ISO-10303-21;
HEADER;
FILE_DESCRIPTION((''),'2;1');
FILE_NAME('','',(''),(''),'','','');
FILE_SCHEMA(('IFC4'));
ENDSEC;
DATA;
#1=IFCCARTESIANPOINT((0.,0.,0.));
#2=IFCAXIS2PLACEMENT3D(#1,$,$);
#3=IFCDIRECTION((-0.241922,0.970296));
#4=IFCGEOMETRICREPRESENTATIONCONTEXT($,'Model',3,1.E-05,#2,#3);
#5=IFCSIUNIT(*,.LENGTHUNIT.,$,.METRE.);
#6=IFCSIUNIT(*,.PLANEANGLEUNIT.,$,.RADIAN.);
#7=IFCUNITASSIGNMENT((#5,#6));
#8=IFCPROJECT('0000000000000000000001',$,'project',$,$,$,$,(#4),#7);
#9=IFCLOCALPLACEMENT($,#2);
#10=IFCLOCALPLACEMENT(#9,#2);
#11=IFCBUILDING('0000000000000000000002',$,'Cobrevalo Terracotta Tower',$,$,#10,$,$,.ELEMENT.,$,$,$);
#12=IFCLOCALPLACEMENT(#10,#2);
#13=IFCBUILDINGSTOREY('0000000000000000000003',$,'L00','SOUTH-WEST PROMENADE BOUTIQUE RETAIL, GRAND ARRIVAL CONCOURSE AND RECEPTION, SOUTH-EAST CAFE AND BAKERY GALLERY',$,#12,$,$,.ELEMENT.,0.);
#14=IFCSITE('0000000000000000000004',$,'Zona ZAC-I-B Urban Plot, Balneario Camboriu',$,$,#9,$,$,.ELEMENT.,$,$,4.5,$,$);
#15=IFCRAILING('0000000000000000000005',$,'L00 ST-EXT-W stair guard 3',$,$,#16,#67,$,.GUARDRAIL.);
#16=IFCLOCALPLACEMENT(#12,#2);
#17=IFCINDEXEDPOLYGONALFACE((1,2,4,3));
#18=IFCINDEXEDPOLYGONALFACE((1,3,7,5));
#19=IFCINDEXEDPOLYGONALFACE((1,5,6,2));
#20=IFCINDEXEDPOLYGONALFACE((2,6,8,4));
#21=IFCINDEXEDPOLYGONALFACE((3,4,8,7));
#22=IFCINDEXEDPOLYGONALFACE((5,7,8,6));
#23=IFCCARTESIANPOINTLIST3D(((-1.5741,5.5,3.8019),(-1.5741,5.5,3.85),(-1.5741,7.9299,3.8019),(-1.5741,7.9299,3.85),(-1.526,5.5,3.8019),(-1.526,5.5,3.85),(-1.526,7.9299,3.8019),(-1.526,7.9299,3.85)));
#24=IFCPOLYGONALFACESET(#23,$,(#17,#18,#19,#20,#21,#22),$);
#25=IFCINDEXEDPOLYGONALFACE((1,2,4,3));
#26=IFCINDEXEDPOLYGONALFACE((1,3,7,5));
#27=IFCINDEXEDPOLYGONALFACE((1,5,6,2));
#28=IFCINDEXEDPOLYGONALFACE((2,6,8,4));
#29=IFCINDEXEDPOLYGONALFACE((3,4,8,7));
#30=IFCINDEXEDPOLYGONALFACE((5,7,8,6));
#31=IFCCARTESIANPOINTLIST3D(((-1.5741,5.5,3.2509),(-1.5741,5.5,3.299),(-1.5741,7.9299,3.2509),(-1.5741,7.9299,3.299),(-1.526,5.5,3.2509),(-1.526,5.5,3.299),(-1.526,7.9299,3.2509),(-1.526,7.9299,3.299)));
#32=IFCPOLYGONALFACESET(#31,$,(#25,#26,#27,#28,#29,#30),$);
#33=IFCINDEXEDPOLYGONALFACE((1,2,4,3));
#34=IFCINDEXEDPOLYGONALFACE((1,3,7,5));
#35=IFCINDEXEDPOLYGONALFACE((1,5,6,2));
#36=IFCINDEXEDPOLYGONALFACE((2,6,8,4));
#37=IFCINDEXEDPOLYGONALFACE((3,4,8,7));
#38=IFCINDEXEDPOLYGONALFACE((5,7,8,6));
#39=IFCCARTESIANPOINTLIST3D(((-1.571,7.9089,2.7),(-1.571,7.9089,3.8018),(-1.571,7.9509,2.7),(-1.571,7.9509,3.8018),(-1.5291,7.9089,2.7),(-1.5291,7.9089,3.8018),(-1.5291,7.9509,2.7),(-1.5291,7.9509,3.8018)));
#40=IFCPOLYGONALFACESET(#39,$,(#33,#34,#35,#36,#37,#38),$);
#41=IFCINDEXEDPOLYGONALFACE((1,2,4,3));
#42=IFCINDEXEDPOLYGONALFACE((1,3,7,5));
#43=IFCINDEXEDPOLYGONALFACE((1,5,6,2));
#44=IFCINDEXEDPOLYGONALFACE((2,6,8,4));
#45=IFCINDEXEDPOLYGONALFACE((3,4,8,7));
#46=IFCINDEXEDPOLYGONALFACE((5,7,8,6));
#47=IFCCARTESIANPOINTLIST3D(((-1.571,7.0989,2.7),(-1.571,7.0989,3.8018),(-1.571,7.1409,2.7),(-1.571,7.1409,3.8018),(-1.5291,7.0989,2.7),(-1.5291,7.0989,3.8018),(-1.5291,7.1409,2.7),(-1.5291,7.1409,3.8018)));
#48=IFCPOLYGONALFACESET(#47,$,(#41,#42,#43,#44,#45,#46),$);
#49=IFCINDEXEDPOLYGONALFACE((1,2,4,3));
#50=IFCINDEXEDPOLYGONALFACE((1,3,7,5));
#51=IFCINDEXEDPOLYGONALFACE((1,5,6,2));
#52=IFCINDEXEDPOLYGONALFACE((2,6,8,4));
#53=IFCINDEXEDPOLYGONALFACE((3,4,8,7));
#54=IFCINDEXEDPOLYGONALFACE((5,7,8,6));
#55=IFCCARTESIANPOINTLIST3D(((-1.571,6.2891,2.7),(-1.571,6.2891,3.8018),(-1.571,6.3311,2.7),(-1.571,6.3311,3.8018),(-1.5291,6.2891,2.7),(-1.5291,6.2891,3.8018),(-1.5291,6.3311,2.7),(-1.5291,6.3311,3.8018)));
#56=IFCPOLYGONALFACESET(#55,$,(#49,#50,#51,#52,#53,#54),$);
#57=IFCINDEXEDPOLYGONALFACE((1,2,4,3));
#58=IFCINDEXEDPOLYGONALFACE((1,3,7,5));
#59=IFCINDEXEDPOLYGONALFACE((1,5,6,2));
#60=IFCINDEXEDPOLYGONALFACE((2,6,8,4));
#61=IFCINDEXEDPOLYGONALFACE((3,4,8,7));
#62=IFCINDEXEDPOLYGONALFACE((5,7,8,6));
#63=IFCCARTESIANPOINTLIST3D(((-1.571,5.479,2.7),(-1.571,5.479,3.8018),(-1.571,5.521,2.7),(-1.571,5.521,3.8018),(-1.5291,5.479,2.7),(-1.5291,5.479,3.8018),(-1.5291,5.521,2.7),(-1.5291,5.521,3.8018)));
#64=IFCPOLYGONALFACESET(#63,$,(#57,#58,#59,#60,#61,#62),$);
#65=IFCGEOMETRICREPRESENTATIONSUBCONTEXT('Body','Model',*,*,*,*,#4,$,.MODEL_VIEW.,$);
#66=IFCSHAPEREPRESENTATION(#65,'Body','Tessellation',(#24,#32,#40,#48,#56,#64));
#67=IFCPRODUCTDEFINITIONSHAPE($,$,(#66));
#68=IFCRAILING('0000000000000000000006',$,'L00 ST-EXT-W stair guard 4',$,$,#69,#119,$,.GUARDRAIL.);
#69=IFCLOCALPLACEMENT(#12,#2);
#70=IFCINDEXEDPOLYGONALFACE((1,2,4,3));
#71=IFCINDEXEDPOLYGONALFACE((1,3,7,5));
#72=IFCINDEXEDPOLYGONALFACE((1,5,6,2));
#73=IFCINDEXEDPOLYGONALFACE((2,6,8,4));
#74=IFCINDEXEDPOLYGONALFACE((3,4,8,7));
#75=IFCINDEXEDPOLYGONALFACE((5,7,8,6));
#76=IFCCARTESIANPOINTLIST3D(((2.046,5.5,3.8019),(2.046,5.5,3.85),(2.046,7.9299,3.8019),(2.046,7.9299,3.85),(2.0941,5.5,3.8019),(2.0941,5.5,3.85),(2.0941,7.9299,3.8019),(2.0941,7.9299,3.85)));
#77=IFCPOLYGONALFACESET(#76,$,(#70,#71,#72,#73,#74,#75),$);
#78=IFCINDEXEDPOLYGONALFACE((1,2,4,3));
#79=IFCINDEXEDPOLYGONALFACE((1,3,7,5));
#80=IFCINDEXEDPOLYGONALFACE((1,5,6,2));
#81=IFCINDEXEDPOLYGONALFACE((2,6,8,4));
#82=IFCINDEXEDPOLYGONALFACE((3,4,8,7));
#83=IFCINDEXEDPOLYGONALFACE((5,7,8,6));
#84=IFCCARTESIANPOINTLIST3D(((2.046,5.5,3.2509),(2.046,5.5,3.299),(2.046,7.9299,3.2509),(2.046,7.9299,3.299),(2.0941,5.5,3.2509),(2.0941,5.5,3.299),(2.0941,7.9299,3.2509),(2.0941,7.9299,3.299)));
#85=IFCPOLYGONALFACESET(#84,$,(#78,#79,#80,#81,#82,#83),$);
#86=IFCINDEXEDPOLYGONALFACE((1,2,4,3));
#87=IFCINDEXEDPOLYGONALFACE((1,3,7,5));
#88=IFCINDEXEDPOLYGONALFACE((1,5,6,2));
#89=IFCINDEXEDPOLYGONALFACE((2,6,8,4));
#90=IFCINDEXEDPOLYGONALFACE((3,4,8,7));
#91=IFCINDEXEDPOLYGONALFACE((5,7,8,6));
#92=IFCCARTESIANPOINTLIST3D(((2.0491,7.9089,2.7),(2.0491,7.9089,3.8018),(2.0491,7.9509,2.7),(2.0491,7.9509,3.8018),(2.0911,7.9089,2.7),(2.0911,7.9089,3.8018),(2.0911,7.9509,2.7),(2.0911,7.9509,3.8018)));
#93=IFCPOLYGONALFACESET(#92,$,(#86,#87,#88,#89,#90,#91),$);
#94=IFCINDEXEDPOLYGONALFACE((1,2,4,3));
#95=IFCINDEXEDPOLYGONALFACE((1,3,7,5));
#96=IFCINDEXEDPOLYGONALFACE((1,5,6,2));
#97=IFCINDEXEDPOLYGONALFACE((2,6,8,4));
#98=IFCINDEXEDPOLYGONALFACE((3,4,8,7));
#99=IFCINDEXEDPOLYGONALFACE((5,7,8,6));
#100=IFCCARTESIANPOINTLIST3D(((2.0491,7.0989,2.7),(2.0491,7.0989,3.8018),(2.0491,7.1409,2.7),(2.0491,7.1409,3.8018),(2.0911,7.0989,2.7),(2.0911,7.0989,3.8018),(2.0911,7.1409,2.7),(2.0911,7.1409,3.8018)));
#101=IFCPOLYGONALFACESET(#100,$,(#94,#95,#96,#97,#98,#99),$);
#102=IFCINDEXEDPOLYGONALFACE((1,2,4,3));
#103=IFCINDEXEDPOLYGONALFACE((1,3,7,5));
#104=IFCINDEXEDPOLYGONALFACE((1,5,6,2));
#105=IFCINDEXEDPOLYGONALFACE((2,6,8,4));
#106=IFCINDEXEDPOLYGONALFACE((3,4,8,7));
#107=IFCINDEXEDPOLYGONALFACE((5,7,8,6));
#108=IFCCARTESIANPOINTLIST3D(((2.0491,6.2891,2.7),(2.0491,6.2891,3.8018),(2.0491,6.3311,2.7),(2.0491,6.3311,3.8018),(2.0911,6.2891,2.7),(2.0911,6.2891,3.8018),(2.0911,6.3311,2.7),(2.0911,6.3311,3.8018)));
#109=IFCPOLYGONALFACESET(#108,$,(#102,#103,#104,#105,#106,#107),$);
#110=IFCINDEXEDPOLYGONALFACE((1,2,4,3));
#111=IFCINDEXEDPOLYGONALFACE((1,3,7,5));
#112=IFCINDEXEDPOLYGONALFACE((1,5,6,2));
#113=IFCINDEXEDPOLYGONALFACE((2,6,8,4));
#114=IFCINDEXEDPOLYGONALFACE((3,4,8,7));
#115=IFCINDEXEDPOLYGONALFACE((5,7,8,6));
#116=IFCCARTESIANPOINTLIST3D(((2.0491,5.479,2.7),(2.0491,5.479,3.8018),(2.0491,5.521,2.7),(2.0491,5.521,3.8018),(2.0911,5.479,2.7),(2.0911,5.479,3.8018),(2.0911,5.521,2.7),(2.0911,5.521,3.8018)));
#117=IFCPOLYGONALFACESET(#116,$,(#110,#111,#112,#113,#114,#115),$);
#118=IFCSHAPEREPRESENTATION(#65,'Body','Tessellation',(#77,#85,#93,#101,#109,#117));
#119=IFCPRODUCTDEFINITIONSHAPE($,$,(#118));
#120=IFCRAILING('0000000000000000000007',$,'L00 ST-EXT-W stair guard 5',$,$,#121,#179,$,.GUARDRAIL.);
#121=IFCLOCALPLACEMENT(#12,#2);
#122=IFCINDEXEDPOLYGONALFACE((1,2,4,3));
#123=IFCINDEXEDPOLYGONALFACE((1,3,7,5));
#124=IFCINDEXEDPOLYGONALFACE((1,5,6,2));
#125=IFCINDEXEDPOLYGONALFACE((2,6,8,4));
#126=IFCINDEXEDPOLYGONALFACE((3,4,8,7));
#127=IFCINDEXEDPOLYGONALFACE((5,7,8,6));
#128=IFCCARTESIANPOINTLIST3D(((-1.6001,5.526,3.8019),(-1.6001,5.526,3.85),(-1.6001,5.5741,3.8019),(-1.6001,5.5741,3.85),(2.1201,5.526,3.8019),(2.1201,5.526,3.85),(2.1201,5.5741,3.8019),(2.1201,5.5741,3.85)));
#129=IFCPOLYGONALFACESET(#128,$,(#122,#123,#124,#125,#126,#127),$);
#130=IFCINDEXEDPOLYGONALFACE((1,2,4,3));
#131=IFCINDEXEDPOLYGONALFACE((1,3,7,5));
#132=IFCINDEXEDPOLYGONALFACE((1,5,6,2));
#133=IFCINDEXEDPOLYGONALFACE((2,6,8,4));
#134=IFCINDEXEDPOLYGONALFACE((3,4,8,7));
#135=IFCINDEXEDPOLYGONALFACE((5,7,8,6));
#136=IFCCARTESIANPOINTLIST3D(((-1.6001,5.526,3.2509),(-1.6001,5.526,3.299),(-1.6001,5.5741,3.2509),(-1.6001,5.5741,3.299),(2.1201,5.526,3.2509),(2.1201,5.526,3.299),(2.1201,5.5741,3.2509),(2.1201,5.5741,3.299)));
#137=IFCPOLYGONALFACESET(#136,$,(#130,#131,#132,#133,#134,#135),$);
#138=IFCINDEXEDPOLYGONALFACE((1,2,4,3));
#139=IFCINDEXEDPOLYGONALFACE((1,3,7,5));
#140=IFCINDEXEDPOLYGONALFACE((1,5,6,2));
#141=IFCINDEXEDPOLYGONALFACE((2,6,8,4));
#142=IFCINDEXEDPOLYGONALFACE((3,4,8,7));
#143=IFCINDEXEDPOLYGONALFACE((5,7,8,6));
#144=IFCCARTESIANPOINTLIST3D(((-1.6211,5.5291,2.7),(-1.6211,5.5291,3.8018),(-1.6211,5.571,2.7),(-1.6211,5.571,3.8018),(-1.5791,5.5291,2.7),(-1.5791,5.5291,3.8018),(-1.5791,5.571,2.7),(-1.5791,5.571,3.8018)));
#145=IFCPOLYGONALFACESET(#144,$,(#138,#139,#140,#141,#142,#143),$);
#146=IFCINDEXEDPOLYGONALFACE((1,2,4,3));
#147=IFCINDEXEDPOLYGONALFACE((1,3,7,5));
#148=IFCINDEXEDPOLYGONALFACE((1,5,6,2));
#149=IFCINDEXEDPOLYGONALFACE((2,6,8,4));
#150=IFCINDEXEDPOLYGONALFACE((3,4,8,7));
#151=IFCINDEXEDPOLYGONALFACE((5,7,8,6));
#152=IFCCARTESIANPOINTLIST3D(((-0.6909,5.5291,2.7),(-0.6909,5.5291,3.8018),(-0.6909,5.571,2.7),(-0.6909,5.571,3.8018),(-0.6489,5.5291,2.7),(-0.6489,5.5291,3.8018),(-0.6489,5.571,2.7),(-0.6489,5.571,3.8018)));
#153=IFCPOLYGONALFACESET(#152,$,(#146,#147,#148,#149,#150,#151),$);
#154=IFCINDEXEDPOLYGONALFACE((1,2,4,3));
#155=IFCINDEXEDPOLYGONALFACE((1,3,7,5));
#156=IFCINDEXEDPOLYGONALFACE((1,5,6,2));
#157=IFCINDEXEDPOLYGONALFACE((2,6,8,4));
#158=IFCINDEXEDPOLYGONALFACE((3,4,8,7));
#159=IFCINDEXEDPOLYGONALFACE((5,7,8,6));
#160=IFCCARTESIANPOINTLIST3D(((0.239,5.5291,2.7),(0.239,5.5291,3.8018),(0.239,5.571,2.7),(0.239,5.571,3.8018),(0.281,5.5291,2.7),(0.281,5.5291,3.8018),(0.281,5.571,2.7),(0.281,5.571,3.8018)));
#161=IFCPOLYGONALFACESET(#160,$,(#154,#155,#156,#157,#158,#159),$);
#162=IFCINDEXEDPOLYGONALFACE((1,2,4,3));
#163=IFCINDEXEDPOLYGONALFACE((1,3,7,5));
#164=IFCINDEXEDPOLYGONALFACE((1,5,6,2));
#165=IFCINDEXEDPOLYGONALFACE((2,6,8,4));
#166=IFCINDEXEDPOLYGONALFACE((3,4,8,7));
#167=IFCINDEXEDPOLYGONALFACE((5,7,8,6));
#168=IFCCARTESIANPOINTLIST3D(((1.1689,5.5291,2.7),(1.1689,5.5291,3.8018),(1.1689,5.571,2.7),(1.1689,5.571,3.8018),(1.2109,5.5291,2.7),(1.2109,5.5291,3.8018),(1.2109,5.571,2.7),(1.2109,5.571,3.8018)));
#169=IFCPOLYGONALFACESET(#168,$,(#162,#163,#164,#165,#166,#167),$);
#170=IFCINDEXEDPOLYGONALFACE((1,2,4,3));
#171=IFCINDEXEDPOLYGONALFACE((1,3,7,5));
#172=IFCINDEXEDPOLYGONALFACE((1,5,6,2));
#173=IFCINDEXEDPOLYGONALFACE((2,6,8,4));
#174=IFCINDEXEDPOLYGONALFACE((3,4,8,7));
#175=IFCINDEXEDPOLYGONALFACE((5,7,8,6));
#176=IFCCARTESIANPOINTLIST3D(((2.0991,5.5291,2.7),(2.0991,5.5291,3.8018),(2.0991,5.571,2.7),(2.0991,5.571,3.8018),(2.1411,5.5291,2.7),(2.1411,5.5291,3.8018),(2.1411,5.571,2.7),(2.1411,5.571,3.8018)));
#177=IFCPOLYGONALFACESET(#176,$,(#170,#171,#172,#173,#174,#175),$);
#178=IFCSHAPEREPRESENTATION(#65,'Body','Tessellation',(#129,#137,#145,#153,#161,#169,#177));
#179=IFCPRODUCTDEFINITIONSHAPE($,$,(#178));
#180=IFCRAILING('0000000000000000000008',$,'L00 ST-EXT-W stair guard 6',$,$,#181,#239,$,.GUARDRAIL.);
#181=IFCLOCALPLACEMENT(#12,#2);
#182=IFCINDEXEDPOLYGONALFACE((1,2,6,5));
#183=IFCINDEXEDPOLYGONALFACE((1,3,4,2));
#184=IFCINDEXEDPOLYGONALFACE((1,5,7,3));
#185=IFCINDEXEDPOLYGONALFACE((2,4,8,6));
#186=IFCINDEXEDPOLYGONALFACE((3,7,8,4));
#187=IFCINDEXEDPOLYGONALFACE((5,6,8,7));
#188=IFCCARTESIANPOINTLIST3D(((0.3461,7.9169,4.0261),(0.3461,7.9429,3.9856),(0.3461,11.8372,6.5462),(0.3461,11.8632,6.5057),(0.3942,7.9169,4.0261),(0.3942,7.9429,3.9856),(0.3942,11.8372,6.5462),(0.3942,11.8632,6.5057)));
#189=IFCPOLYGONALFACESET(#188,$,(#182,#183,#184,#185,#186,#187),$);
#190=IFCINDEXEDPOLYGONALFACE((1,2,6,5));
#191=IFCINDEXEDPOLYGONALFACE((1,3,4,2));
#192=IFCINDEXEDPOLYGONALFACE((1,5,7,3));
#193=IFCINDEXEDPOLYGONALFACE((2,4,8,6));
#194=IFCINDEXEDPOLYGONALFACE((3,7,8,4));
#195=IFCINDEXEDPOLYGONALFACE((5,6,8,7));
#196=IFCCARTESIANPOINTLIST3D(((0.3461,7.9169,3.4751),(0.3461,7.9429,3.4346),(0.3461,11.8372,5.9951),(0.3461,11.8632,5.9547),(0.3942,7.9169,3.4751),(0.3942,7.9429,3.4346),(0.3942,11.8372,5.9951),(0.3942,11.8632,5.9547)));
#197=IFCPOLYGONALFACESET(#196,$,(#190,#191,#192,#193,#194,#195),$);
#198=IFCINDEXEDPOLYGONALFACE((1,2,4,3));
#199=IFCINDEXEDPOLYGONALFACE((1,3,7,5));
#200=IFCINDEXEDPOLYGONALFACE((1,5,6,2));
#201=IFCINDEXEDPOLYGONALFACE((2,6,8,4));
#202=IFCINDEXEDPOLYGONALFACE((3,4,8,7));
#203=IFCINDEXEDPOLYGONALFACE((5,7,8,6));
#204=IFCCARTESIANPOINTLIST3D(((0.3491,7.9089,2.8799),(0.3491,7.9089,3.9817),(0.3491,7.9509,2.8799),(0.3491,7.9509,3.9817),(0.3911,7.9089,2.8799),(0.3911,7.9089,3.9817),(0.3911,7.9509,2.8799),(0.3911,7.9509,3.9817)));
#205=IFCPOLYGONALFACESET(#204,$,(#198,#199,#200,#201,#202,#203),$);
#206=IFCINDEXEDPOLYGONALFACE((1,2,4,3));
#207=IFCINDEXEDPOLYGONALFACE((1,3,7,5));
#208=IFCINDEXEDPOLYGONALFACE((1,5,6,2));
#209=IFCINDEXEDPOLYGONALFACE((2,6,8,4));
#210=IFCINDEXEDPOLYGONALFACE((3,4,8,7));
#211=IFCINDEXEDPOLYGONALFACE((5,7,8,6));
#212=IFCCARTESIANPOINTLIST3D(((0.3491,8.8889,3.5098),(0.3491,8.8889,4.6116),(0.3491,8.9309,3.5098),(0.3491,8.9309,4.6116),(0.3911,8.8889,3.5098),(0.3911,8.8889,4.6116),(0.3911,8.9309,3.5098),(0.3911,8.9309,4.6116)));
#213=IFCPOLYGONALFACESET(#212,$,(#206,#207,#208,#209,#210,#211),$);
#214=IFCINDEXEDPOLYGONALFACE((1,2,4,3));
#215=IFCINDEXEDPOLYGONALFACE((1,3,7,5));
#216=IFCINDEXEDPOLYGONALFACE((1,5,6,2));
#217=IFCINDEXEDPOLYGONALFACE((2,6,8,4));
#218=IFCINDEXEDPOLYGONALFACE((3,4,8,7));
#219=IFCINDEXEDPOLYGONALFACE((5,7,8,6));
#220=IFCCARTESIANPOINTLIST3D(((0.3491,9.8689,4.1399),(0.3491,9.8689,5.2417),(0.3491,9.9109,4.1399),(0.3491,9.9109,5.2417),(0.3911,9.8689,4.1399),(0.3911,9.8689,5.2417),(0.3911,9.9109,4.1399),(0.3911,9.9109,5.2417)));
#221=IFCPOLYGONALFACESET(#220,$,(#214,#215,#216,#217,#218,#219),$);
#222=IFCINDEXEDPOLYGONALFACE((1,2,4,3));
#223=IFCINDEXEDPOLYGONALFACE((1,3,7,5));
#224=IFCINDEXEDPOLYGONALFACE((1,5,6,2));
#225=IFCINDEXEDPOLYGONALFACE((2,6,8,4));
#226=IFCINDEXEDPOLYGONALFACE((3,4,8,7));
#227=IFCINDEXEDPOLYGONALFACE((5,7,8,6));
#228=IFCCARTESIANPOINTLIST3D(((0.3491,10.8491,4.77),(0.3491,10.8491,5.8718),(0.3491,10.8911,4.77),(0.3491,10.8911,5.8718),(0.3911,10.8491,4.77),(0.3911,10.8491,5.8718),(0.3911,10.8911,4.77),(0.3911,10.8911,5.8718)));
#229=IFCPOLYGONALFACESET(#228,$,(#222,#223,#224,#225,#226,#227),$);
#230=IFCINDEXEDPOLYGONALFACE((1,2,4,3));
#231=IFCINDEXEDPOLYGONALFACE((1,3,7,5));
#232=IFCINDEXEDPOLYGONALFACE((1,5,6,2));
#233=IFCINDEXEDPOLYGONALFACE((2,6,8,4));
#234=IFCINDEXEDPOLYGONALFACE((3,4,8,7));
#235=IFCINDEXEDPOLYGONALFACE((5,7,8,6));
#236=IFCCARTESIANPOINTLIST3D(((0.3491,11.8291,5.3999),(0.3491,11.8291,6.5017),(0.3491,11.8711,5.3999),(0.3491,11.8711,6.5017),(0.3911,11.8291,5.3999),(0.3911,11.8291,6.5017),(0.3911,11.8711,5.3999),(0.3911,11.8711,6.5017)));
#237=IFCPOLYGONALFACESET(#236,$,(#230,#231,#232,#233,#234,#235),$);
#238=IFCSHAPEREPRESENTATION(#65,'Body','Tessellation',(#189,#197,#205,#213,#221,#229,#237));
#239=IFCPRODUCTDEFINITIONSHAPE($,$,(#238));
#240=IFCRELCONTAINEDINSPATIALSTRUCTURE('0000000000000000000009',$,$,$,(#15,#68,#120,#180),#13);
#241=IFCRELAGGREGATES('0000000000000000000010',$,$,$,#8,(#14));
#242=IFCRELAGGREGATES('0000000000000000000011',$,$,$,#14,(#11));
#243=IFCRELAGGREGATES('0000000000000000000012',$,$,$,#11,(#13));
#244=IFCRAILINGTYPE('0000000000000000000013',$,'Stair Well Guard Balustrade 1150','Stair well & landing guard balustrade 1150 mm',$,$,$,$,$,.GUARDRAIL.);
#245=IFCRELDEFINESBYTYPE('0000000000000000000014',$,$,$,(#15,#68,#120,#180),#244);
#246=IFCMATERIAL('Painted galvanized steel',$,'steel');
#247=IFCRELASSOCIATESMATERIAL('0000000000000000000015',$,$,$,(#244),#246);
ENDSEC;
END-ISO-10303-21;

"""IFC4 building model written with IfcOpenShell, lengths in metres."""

from ifc_helpers import new_model, si_unit, direction, frame, origin, origin_2d, place, context, subcontext, project, spatial, rectangle, extrude, material, type_object, element, save


model = new_model("IFC4")

# Units and contexts
model_context = context("Model", 3, precision=1e-05, world=origin(), true_north=direction((-0.241922, 0.970296)))
body_context = subcontext(model_context, "Body", "Model", "MODEL_VIEW")
ifc_project = project(units=[si_unit("LENGTHUNIT", "METRE"), si_unit("PLANEANGLEUNIT", "RADIAN")], contexts=[model_context])

# Site, building, storey
site_placement = place(None, origin())
site = spatial("IfcSite", under=ifc_project, at=site_placement, Name="Zona ZAC-I-B Urban Plot, Balneario Camboriu", CompositionType="ELEMENT", RefElevation=4.5)
building_placement = place(site_placement, origin())
building = spatial("IfcBuilding", under=site, at=building_placement, Name="Cobrevalo Terracotta Tower", CompositionType="ELEMENT")
storey_placement = place(building_placement, origin())
storey = spatial("IfcBuildingStorey", under=building, at=storey_placement, Name="L00", Description="SOUTH-WEST PROMENADE BOUTIQUE RETAIL, GRAND ARRIVAL CONCOURSE AND RECEPTION, SOUTH-EAST CAFE AND BAKERY GALLERY", CompositionType="ELEMENT", Elevation=0.0)

# Railings
ifc_material_1 = material(Name="Painted galvanized steel", Category="steel")
railing_type_1 = type_object("IfcRailingType", Name="Stair Well Guard Balustrade 1150", Description="Stair well & landing guard balustrade 1150 mm", PredefinedType="GUARDRAIL", material=ifc_material_1)
for number, where, name in (
    (1, (-1.55, 7.9299, 2.7), "L00 ST-EXT-W stair guard 3"),
    (2, (2.0701, 7.9299, 2.7), "L00 ST-EXT-W stair guard 4"),
):
    element("IfcRailing", number, at=place(storey_placement, frame(where)), inside=storey, type_object=railing_type_1, Name=name, PredefinedType="GUARDRAIL", context=body_context, shape_type="SweptSolid", body=[
        extrude(rectangle(XDim=0.0481, YDim=0.0481, at=origin_2d()), frame((0.0, 0.0, 1.126), z_axis=(0.0, -1.0, 0.0), x_axis=(1.0, 0.0, 0.0)), (0.0, 0.0, 1.0), 2.4299),
        extrude(rectangle(XDim=0.0481, YDim=0.0481, at=origin_2d()), frame((0.0, 0.0, 0.575), z_axis=(0.0, -1.0, 0.0), x_axis=(1.0, 0.0, 0.0)), (0.0, 0.0, 1.0), 2.4299),
        extrude(rectangle(XDim=0.042, YDim=0.042, at=origin_2d()), origin(), (0.0, 0.0, 1.0), 1.1018),
        extrude(rectangle(XDim=0.042, YDim=0.042, at=origin_2d()), frame((0.0, -0.8101, 0.0)), (0.0, 0.0, 1.0), 1.1018),
        extrude(rectangle(XDim=0.042, YDim=0.042, at=origin_2d()), frame((0.0, -1.6199, 0.0)), (0.0, 0.0, 1.0), 1.1018),
        extrude(rectangle(XDim=0.042, YDim=0.042, at=origin_2d()), frame((0.0, -2.4299, 0.0)), (0.0, 0.0, 1.0), 1.1018),
    ])
railing_1_placement = place(storey_placement, frame((-1.6001, 5.55, 2.7)))
element("IfcRailing", 3, at=railing_1_placement, inside=storey, type_object=railing_type_1, Name="L00 ST-EXT-W stair guard 5", PredefinedType="GUARDRAIL", context=body_context, shape_type="SweptSolid", body=[
    extrude(rectangle(XDim=0.0481, YDim=0.0481, at=origin_2d()), frame((0.0, 0.0, 1.126), z_axis=(1.0, 0.0, 0.0), x_axis=(0.0, 1.0, 0.0)), (0.0, 0.0, 1.0), 3.7202),
    extrude(rectangle(XDim=0.0481, YDim=0.0481, at=origin_2d()), frame((0.0, 0.0, 0.575), z_axis=(1.0, 0.0, 0.0), x_axis=(0.0, 1.0, 0.0)), (0.0, 0.0, 1.0), 3.7202),
    extrude(rectangle(XDim=0.042, YDim=0.042, at=origin_2d()), origin(), (0.0, 0.0, 1.0), 1.1018),
    extrude(rectangle(XDim=0.042, YDim=0.042, at=origin_2d()), frame((0.9302, 0.0, 0.0)), (0.0, 0.0, 1.0), 1.1018),
    extrude(rectangle(XDim=0.042, YDim=0.042, at=origin_2d()), frame((1.8601, 0.0, 0.0)), (0.0, 0.0, 1.0), 1.1018),
    extrude(rectangle(XDim=0.042, YDim=0.042, at=origin_2d()), frame((2.79, 0.0, 0.0)), (0.0, 0.0, 1.0), 1.1018),
    extrude(rectangle(XDim=0.042, YDim=0.042, at=origin_2d()), frame((3.7202, 0.0, 0.0)), (0.0, 0.0, 1.0), 1.1018),
])
railing_2_placement = place(storey_placement, frame((0.3701, 7.9299, 2.8799)))
element("IfcRailing", 4, at=railing_2_placement, inside=storey, type_object=railing_type_1, Name="L00 ST-EXT-W stair guard 6", PredefinedType="GUARDRAIL", context=body_context, shape_type="SweptSolid", body=[
    extrude(rectangle(XDim=0.0481, YDim=0.0481, at=origin_2d()), frame((0.0, 0.0, 1.126), z_axis=(0.0, 0.841187, 0.540744), x_axis=(-1.0, 0.0, 0.0)), (0.0, 0.0, 1.0), 4.6604),
    extrude(rectangle(XDim=0.0481, YDim=0.0481, at=origin_2d()), frame((0.0, 0.0, 0.575), z_axis=(0.0, 0.841187, 0.540744), x_axis=(-1.0, 0.0, 0.0)), (0.0, 0.0, 1.0), 4.6604),
    extrude(rectangle(XDim=0.042, YDim=0.042, at=origin_2d()), origin(), (0.0, 0.0, 1.0), 1.1018),
    extrude(rectangle(XDim=0.042, YDim=0.042, at=origin_2d()), frame((0.0, 0.98, 0.6299)), (0.0, 0.0, 1.0), 1.1018),
    extrude(rectangle(XDim=0.042, YDim=0.042, at=origin_2d()), frame((0.0, 1.96, 1.26)), (0.0, 0.0, 1.0), 1.1018),
    extrude(rectangle(XDim=0.042, YDim=0.042, at=origin_2d()), frame((0.0, 2.9402, 1.8901)), (0.0, 0.0, 1.0), 1.1018),
    extrude(rectangle(XDim=0.042, YDim=0.042, at=origin_2d()), frame((0.0, 3.9202, 2.52)), (0.0, 0.0, 1.0), 1.1018),
])

save(model, "model.ifc")
